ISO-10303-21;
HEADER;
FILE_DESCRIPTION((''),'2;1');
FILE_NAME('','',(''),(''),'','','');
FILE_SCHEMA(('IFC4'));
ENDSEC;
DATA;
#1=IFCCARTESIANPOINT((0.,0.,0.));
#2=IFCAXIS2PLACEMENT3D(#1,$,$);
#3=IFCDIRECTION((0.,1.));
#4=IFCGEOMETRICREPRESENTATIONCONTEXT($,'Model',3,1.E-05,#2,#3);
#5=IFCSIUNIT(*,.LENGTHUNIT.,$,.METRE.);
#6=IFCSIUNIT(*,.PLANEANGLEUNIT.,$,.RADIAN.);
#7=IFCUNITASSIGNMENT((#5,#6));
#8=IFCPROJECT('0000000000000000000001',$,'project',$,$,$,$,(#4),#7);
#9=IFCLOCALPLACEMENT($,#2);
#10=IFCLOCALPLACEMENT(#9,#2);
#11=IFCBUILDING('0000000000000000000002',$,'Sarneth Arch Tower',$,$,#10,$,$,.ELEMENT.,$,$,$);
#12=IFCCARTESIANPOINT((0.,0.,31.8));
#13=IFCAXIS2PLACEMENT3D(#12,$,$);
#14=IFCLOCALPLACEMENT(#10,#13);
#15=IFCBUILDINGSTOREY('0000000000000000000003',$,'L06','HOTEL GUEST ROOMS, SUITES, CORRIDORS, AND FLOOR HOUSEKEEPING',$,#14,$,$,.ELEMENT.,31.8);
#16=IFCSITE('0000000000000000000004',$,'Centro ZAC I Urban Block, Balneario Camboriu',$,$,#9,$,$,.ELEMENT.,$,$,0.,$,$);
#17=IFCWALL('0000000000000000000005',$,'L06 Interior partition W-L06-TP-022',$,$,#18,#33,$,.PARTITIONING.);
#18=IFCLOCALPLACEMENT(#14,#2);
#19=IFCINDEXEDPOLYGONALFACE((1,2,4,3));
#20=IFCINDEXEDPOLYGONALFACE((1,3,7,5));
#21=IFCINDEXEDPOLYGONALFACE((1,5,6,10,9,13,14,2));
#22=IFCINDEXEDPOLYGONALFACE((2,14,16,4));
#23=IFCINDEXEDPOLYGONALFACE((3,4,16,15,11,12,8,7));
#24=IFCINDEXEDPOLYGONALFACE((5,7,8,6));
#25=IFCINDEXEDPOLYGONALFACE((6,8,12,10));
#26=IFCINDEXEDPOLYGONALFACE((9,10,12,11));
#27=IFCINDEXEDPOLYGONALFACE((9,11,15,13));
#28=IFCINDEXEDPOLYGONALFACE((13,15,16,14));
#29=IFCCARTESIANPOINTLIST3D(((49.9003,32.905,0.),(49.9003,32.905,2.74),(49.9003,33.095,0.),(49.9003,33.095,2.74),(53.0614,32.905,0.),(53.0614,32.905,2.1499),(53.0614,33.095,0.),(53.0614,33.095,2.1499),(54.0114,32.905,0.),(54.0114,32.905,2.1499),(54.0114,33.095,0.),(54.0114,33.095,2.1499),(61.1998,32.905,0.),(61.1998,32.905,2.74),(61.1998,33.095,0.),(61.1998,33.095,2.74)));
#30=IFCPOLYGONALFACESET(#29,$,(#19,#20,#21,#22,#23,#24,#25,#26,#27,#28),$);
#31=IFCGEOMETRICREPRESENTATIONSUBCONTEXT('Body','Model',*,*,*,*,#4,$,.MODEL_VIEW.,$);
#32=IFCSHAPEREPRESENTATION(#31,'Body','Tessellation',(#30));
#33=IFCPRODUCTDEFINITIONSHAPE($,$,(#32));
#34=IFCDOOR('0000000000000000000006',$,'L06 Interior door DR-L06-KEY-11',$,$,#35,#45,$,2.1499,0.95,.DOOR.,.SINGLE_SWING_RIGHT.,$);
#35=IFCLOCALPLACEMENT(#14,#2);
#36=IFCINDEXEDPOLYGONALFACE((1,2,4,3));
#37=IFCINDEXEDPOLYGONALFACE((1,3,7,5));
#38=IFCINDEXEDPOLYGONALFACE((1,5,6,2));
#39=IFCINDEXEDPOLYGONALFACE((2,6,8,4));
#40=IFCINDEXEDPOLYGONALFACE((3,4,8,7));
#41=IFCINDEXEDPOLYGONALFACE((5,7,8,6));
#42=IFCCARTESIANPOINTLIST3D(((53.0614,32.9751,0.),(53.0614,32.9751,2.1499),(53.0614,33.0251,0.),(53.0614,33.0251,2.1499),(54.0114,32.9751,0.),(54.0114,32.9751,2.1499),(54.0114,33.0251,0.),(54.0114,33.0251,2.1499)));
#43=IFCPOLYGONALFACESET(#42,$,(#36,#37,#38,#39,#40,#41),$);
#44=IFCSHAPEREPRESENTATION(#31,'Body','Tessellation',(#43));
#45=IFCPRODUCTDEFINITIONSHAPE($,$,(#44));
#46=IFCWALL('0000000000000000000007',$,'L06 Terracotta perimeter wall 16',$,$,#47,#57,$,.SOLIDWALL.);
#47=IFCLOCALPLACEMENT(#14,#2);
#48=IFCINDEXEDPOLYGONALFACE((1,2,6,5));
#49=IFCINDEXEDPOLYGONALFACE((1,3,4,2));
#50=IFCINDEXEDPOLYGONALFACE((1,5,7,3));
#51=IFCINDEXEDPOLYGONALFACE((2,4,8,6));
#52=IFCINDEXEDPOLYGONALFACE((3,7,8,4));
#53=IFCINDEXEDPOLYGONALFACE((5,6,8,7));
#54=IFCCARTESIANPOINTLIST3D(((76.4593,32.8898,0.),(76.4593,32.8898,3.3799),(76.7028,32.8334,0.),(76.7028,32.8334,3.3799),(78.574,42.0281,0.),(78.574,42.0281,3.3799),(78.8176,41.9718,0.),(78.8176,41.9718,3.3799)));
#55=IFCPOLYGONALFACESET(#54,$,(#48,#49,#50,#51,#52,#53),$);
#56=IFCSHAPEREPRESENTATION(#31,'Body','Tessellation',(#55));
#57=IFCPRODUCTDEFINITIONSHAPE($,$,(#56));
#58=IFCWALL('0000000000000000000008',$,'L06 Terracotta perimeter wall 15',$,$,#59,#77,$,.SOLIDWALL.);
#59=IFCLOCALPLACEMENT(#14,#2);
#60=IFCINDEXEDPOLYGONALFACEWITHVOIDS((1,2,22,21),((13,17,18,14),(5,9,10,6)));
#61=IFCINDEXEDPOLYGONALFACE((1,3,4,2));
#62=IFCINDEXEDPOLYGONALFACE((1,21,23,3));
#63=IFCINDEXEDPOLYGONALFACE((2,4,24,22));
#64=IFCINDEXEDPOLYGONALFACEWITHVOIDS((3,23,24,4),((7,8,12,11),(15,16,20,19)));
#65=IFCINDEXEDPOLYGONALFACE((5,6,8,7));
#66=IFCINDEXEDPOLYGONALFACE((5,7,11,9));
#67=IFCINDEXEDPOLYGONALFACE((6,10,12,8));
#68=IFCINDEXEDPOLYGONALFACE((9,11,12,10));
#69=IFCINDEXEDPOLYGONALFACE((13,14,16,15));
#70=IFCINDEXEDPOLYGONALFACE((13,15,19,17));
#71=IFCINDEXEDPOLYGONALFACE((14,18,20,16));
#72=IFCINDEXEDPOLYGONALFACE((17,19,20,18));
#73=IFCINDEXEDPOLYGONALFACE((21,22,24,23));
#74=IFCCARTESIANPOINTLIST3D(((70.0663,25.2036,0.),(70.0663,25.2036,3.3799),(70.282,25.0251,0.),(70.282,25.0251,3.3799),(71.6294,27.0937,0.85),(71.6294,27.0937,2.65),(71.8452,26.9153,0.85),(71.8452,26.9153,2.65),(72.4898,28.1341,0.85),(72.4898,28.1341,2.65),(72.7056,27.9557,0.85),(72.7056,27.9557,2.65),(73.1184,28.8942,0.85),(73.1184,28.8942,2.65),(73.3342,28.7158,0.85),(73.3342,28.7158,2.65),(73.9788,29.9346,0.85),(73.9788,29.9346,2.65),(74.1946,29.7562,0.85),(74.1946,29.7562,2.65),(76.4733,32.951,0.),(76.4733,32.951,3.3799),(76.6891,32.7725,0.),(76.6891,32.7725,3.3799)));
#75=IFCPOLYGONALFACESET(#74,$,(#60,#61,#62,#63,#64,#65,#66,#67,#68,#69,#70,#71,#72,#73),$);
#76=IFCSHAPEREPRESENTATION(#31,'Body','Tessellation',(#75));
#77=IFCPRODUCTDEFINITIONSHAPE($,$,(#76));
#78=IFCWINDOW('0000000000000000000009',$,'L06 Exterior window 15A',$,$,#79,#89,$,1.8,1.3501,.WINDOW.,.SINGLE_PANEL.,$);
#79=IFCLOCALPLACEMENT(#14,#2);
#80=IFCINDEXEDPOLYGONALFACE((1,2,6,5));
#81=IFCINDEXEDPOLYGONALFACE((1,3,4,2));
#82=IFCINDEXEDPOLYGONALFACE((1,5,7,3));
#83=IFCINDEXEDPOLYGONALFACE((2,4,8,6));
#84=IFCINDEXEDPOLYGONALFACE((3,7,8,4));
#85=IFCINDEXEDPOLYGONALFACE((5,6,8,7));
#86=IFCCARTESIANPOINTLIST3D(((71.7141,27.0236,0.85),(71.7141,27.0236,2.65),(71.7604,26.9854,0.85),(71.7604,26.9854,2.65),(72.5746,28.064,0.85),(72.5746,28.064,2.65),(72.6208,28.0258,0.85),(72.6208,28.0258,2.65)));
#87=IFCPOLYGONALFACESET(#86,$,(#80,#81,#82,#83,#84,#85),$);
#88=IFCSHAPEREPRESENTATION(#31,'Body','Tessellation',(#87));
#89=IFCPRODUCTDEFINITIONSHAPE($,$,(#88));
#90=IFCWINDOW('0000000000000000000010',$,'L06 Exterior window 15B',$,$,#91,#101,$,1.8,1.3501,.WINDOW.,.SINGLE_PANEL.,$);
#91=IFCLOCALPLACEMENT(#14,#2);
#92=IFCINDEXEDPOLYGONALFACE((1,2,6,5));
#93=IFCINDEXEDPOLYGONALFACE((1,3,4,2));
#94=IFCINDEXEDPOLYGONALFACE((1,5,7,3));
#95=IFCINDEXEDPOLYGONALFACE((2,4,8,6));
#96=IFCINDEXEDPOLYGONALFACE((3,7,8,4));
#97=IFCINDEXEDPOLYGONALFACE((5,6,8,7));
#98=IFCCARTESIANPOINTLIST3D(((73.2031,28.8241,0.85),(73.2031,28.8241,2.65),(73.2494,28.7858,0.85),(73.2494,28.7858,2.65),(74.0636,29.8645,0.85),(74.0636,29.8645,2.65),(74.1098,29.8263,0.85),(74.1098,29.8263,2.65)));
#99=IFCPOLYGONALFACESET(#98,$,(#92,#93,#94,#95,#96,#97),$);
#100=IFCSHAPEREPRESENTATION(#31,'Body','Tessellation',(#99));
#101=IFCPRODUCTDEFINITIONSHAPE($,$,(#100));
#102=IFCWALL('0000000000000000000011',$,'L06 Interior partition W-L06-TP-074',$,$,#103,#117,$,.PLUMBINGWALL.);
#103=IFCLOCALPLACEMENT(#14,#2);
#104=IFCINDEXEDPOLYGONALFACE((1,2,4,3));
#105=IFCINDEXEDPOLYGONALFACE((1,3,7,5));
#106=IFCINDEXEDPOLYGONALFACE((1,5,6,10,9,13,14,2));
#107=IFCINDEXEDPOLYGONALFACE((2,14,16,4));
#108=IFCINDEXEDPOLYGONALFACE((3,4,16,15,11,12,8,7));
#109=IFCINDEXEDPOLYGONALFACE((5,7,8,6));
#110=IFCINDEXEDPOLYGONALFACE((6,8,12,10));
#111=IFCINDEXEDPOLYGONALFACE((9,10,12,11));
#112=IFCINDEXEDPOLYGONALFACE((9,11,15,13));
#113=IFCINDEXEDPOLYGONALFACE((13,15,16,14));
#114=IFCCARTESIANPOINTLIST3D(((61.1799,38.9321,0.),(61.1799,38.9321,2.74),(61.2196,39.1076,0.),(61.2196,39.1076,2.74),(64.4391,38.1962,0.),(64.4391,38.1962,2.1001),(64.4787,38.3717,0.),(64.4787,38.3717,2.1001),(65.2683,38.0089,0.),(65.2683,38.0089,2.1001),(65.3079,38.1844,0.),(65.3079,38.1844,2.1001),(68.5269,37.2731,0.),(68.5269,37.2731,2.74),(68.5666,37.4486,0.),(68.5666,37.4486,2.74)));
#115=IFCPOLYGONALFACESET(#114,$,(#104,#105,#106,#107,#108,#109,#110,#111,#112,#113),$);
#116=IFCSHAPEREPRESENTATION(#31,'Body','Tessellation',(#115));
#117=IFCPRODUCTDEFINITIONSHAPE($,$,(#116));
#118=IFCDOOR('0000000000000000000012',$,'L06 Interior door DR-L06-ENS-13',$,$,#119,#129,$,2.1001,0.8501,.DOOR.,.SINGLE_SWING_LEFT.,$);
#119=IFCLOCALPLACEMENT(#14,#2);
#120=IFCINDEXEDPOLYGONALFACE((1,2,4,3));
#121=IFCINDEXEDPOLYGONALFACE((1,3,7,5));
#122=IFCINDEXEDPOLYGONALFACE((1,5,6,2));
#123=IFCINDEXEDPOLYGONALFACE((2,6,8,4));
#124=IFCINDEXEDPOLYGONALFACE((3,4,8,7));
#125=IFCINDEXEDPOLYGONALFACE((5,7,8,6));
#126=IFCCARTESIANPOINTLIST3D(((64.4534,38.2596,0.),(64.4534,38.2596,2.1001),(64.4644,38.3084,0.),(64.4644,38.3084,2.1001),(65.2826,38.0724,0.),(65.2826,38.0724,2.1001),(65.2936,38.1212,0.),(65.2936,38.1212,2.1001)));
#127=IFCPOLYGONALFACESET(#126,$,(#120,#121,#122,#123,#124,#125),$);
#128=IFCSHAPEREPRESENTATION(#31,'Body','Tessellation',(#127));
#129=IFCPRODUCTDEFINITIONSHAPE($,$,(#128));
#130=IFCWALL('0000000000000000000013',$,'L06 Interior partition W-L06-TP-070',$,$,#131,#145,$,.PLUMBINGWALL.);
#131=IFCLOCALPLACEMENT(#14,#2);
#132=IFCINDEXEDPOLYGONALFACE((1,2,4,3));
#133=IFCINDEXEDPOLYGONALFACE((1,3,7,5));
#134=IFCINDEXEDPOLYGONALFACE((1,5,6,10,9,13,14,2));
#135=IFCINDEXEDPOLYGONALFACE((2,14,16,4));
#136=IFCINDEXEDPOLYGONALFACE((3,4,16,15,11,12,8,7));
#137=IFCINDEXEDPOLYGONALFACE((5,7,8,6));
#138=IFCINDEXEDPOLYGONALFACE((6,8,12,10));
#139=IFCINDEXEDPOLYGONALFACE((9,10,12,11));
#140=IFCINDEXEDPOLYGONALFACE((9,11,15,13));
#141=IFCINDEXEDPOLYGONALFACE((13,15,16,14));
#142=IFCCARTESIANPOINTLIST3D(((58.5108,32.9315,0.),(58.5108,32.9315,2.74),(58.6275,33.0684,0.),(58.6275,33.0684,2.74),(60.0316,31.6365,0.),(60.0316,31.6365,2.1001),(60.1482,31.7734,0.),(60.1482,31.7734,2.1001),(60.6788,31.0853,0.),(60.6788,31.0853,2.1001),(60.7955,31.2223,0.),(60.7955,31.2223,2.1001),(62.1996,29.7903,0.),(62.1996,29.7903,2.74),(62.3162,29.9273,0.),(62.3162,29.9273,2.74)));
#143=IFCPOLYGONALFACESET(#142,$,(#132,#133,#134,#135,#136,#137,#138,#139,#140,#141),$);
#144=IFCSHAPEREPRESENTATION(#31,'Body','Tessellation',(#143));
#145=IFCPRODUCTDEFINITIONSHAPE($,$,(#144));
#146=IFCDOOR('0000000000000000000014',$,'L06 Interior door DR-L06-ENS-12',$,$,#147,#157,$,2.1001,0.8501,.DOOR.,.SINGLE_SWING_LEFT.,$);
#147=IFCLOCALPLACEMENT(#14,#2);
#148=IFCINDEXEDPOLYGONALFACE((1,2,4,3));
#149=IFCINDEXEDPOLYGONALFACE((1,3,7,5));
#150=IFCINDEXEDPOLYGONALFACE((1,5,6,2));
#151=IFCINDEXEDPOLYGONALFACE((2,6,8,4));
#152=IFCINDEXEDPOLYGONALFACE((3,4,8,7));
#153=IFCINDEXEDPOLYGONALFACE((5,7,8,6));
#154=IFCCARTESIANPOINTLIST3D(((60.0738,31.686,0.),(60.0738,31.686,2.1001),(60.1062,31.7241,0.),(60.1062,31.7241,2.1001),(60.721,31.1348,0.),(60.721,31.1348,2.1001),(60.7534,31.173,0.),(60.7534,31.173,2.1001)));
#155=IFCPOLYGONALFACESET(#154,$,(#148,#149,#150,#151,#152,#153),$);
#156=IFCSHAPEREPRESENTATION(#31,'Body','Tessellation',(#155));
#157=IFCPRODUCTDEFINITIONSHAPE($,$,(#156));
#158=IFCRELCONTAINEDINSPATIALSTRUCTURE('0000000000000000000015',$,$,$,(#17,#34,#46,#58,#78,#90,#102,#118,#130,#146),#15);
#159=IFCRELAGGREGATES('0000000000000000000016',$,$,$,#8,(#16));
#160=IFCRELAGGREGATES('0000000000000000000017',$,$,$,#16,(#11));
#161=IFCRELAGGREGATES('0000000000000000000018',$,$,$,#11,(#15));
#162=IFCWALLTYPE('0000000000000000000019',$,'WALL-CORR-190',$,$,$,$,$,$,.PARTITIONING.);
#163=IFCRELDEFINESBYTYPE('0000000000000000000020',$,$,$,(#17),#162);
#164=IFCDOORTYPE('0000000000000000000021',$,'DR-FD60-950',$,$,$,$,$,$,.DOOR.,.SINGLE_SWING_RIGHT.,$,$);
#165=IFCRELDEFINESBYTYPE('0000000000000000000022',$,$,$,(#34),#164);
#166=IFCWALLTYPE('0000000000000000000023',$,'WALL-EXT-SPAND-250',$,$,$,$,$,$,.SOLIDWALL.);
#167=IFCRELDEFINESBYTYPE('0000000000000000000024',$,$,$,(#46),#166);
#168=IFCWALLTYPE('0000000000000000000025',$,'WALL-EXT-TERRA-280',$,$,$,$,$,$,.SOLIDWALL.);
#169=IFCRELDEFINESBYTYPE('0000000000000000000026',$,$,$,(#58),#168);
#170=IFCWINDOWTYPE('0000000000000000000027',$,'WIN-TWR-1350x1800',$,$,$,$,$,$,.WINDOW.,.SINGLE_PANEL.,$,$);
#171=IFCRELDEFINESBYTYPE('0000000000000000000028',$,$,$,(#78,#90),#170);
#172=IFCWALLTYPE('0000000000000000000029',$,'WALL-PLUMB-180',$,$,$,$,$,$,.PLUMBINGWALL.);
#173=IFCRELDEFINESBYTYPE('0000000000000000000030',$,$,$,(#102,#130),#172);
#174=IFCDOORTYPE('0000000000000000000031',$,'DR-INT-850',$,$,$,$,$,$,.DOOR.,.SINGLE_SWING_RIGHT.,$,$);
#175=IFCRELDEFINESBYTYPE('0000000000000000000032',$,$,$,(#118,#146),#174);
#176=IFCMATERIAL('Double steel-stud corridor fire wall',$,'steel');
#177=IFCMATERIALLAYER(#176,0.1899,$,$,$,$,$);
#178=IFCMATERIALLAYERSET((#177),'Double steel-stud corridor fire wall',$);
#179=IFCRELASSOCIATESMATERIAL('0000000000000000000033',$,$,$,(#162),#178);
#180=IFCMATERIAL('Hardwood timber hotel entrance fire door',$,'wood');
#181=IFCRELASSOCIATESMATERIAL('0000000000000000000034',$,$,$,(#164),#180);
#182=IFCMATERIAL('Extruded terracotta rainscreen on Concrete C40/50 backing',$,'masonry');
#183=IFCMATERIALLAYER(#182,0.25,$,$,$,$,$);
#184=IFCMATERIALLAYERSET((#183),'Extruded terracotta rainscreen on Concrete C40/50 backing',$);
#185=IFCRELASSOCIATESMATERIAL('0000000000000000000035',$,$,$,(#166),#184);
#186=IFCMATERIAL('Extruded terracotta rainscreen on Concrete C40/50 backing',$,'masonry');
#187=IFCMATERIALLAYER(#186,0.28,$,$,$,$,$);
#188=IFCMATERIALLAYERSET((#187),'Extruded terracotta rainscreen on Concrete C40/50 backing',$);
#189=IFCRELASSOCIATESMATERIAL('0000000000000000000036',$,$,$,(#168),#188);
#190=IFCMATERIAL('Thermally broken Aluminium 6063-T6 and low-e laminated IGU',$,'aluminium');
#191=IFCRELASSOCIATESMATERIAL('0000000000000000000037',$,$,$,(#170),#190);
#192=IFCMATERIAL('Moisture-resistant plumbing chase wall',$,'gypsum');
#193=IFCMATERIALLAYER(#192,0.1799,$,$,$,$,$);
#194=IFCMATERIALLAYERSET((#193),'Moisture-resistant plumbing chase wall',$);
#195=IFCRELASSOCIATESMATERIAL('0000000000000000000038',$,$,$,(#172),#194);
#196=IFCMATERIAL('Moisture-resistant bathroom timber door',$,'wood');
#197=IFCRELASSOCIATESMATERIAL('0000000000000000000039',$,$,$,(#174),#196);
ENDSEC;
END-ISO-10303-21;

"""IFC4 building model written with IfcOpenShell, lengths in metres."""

from ifc_helpers import new_model, si_unit, direction, frame, frame_2d, origin, place, context, subcontext, project, spatial, rectangle, extrude, material, layer, layer_set, type_object, element, fill, save


model = new_model("IFC4")

# Units and contexts
model_context = context("Model", 3, precision=1e-05, world=origin(), true_north=direction((0.0, 1.0)))
body_context = subcontext(model_context, "Body", "Model", "MODEL_VIEW")
ifc_project = project(units=[si_unit("LENGTHUNIT", "METRE"), si_unit("PLANEANGLEUNIT", "RADIAN")], contexts=[model_context])

# Site, building, storey
site_placement = place(None, origin())
site = spatial("IfcSite", under=ifc_project, at=site_placement, Name="Centro ZAC I Urban Block, Balneario Camboriu", CompositionType="ELEMENT", RefElevation=0.0)
building_placement = place(site_placement, origin())
building = spatial("IfcBuilding", under=site, at=building_placement, Name="Sarneth Arch Tower", CompositionType="ELEMENT")
storey_placement = place(building_placement, frame((0.0, 0.0, 31.8)))
storey = spatial("IfcBuildingStorey", under=building, at=storey_placement, Name="L06", Description="HOTEL GUEST ROOMS, SUITES, CORRIDORS, AND FLOOR HOUSEKEEPING", CompositionType="ELEMENT", Elevation=31.8)

# Wall, opening, door
ifc_material_1 = material(Name="Double steel-stud corridor fire wall", Category="steel")
ifc_layer_1 = layer(ifc_material_1, 0.1899)
ifc_layer_set_1 = layer_set([ifc_layer_1], Name="Double steel-stud corridor fire wall")
wall_type_1 = type_object("IfcWallType", Name="WALL-CORR-190", PredefinedType="PARTITIONING", material=ifc_layer_set_1)
wall_1_placement = place(storey_placement, frame((61.2, 33.0, 0.0), z_axis=(0.0, 0.0, 1.0), x_axis=(-1.0, 0.0, 0.0)))
wall_1 = element("IfcWall", 1, at=wall_1_placement, inside=storey, type_object=wall_type_1, Name="L06 Interior partition W-L06-TP-022", PredefinedType="PARTITIONING", context=body_context, shape_type="SweptSolid", body=[
    extrude(rectangle(XDim=11.2996, YDim=0.1899, at=frame_2d((5.6499, 0.0))), origin(), (0.0, 0.0, 1.0), 2.74),
])
opening_1_placement = place(wall_1_placement, frame((7.1885, 0.0, 0.0)))
opening_1 = element("IfcOpeningElement", 2, at=opening_1_placement, cuts=wall_1, PredefinedType="OPENING", context=body_context, shape_type="SweptSolid", body=[
    extrude(rectangle(XDim=0.95, YDim=2.1499, at=frame_2d((0.4751, 1.075))), frame((0.0, 0.105, 0.0), z_axis=(0.0, -1.0, 0.0), x_axis=(1.0, 0.0, 0.0)), (0.0, 0.0, 1.0), 0.21),
])
ifc_material_2 = material(Name="Hardwood timber hotel entrance fire door", Category="wood")
door_type_1 = type_object("IfcDoorType", Name="DR-FD60-950", OperationType="SINGLE_SWING_RIGHT", PredefinedType="DOOR", material=ifc_material_2)
door_1_placement = place(opening_1_placement, origin())
door_1 = element("IfcDoor", 3, at=door_1_placement, inside=storey, type_object=door_type_1, Name="L06 Interior door DR-L06-KEY-11", OperationType="SINGLE_SWING_RIGHT", OverallHeight=2.1499, OverallWidth=0.95, PredefinedType="DOOR", context=body_context, shape_type="SweptSolid", body=[
    extrude(rectangle(XDim=0.95, YDim=2.1499, at=frame_2d((0.4751, 1.075))), frame((0.0, 0.0249, 0.0), z_axis=(0.0, -1.0, 0.0), x_axis=(1.0, 0.0, 0.0)), (0.0, 0.0, 1.0), 0.05),
])
fill(opening_1, door_1)

# Wall
ifc_material_3 = material(Name="Extruded terracotta rainscreen on Concrete C40/50 backing", Category="masonry")
ifc_layer_2 = layer(ifc_material_3, 0.25)
ifc_layer_set_2 = layer_set([ifc_layer_2], Name="Extruded terracotta rainscreen on Concrete C40/50 backing")
wall_type_2 = type_object("IfcWallType", Name="WALL-EXT-SPAND-250", PredefinedType="SOLIDWALL", material=ifc_layer_set_2)
wall_2_placement = place(storey_placement, frame((76.5811, 32.8616, 0.0), z_axis=(0.0, 0.0, 1.0), x_axis=(0.225454, 0.974254, 0.0)))
element("IfcWall", 4, at=wall_2_placement, inside=storey, type_object=wall_type_2, Name="L06 Terracotta perimeter wall 16", PredefinedType="SOLIDWALL", context=body_context, shape_type="SweptSolid", body=[
    extrude(rectangle(XDim=9.3799, YDim=0.25, at=frame_2d((4.6899, 0.0))), origin(), (0.0, 0.0, 1.0), 3.3799),
])

# Wall, openings, windows
ifc_material_4 = material(Name="Extruded terracotta rainscreen on Concrete C40/50 backing", Category="masonry")
ifc_layer_3 = layer(ifc_material_4, 0.28)
ifc_layer_set_3 = layer_set([ifc_layer_3], Name="Extruded terracotta rainscreen on Concrete C40/50 backing")
wall_type_3 = type_object("IfcWallType", Name="WALL-EXT-TERRA-280", PredefinedType="SOLIDWALL", material=ifc_layer_set_3)
wall_3_placement = place(storey_placement, frame((70.1741, 25.1143, 0.0), z_axis=(0.0, 0.0, 1.0), x_axis=(0.637297, 0.770618, 0.0)))
wall_3 = element("IfcWall", 5, at=wall_3_placement, inside=storey, type_object=wall_type_3, Name="L06 Terracotta perimeter wall 15", PredefinedType="SOLIDWALL", context=body_context, shape_type="SweptSolid", body=[
    extrude(rectangle(XDim=10.0535, YDim=0.28, at=frame_2d((5.0269, 0.0))), origin(), (0.0, 0.0, 1.0), 3.3799),
])
opening_2_placement = place(wall_3_placement, frame((2.4529, 0.0, 0.8501)))
opening_2 = element("IfcOpeningElement", 6, at=opening_2_placement, cuts=wall_3, PredefinedType="OPENING", context=body_context, shape_type="SweptSolid", body=[
    extrude(rectangle(XDim=1.3501, YDim=1.8, at=frame_2d((0.675, 0.8999))), frame((0.0, 0.1499, 0.0), z_axis=(0.0, -1.0, 0.0), x_axis=(1.0, 0.0, 0.0)), (0.0, 0.0, 1.0), 0.3),
])
opening_3_placement = place(wall_3_placement, frame((4.7893, 0.0, 0.8501)))
opening_3 = element("IfcOpeningElement", 7, at=opening_3_placement, cuts=wall_3, PredefinedType="OPENING", context=body_context, shape_type="SweptSolid", body=[
    extrude(rectangle(XDim=1.3501, YDim=1.8, at=frame_2d((0.675, 0.8999))), frame((0.0, 0.1499, 0.0), z_axis=(0.0, -1.0, 0.0), x_axis=(1.0, 0.0, 0.0)), (0.0, 0.0, 1.0), 0.3),
])
ifc_material_5 = material(Name="Thermally broken Aluminium 6063-T6 and low-e laminated IGU", Category="aluminium")
window_type = type_object("IfcWindowType", Name="WIN-TWR-1350x1800", PartitioningType="SINGLE_PANEL", PredefinedType="WINDOW", material=ifc_material_5)
window_1_placement = place(opening_2_placement, origin())
window_1 = element("IfcWindow", 8, at=window_1_placement, inside=storey, type_object=window_type, Name="L06 Exterior window 15A", OverallHeight=1.8, OverallWidth=1.3501, PartitioningType="SINGLE_PANEL", PredefinedType="WINDOW", context=body_context, shape_type="SweptSolid", body=[
    extrude(rectangle(XDim=1.3501, YDim=1.8, at=frame_2d((0.675, 0.8999))), frame((0.0, 0.03, 0.0), z_axis=(0.0, -1.0, 0.0), x_axis=(1.0, 0.0, 0.0)), (0.0, 0.0, 1.0), 0.0601),
])
fill(opening_2, window_1)
window_2_placement = place(opening_3_placement, origin())
window_2 = element("IfcWindow", 9, at=window_2_placement, inside=storey, type_object=window_type, Name="L06 Exterior window 15B", OverallHeight=1.8, OverallWidth=1.3501, PartitioningType="SINGLE_PANEL", PredefinedType="WINDOW", context=body_context, shape_type="SweptSolid", body=[
    extrude(rectangle(XDim=1.3501, YDim=1.8, at=frame_2d((0.675, 0.8999))), frame((0.0, 0.03, 0.0), z_axis=(0.0, -1.0, 0.0), x_axis=(1.0, 0.0, 0.0)), (0.0, 0.0, 1.0), 0.0601),
])
fill(opening_3, window_2)

# Walls, openings, doors
ifc_material_6 = material(Name="Moisture-resistant plumbing chase wall", Category="gypsum")
ifc_layer_4 = layer(ifc_material_6, 0.1799)
ifc_layer_set_4 = layer_set([ifc_layer_4], Name="Moisture-resistant plumbing chase wall")
wall_type_4 = type_object("IfcWallType", Name="WALL-PLUMB-180", PredefinedType="PLUMBINGWALL", material=ifc_layer_set_4)
wall_4_placement = place(storey_placement, frame((68.5469, 37.3608, 0.0), z_axis=(0.0, 0.0, 1.0), x_axis=(-0.975442, 0.220255, 0.0)))
wall_4 = element("IfcWall", 10, at=wall_4_placement, inside=storey, type_object=wall_type_4, Name="L06 Interior partition W-L06-TP-074", PredefinedType="PLUMBINGWALL", context=body_context, shape_type="SweptSolid", body=[
    extrude(rectangle(XDim=7.532, YDim=0.1799, at=frame_2d((3.7661, 0.0))), origin(), (0.0, 0.0, 1.0), 2.74),
])
opening_4_placement = place(wall_4_placement, frame((3.3408, 0.0, 0.0)))
opening_4 = element("IfcOpeningElement", 11, at=opening_4_placement, cuts=wall_4, PredefinedType="OPENING", context=body_context, shape_type="SweptSolid", body=[
    extrude(rectangle(XDim=0.8501, YDim=2.1001, at=frame_2d((0.425, 1.05))), frame((0.0, 0.0999, 0.0), z_axis=(0.0, -1.0, 0.0), x_axis=(1.0, 0.0, 0.0)), (0.0, 0.0, 1.0), 0.2),
])
ifc_material_7 = material(Name="Moisture-resistant bathroom timber door", Category="wood")
door_type_2 = type_object("IfcDoorType", Name="DR-INT-850", OperationType="SINGLE_SWING_RIGHT", PredefinedType="DOOR", material=ifc_material_7)
door_2_placement = place(opening_4_placement, origin())
door_2 = element("IfcDoor", 12, at=door_2_placement, inside=storey, type_object=door_type_2, Name="L06 Interior door DR-L06-ENS-13", OperationType="SINGLE_SWING_LEFT", OverallHeight=2.1001, OverallWidth=0.8501, PredefinedType="DOOR", context=body_context, shape_type="SweptSolid", body=[
    extrude(rectangle(XDim=0.8501, YDim=2.1001, at=frame_2d((0.425, 1.05))), frame((0.0, 0.0249, 0.0), z_axis=(0.0, -1.0, 0.0), x_axis=(1.0, 0.0, 0.0)), (0.0, 0.0, 1.0), 0.05),
])
fill(opening_4, door_2)
wall_5_placement = place(storey_placement, frame((62.2578, 29.8589, 0.0), z_axis=(0.0, 0.0, 1.0), x_axis=(-0.761358, 0.648331, 0.0)))
wall_5 = element("IfcWall", 13, at=wall_5_placement, inside=storey, type_object=wall_type_4, Name="L06 Interior partition W-L06-TP-070", PredefinedType="PLUMBINGWALL", context=body_context, shape_type="SweptSolid", body=[
    extrude(rectangle(XDim=4.845, YDim=0.1799, at=frame_2d((2.4224, 0.0))), origin(), (0.0, 0.0, 1.0), 2.74),
])
opening_5_placement = place(wall_5_placement, frame((1.9973, 0.0, 0.0)))
opening_5 = element("IfcOpeningElement", 14, at=opening_5_placement, cuts=wall_5, PredefinedType="OPENING", context=body_context, shape_type="SweptSolid", body=[
    extrude(rectangle(XDim=0.8501, YDim=2.1001, at=frame_2d((0.425, 1.05))), frame((0.0, 0.0999, 0.0), z_axis=(0.0, -1.0, 0.0), x_axis=(1.0, 0.0, 0.0)), (0.0, 0.0, 1.0), 0.2),
])
door_3_placement = place(opening_5_placement, origin())
door_3 = element("IfcDoor", 15, at=door_3_placement, inside=storey, type_object=door_type_2, Name="L06 Interior door DR-L06-ENS-12", OperationType="SINGLE_SWING_LEFT", OverallHeight=2.1001, OverallWidth=0.8501, PredefinedType="DOOR", context=body_context, shape_type="SweptSolid", body=[
    extrude(rectangle(XDim=0.8501, YDim=2.1001, at=frame_2d((0.425, 1.05))), frame((0.0, 0.0249, 0.0), z_axis=(0.0, -1.0, 0.0), x_axis=(1.0, 0.0, 0.0)), (0.0, 0.0, 1.0), 0.05),
])
fill(opening_5, door_3)

save(model, "model.ifc")
